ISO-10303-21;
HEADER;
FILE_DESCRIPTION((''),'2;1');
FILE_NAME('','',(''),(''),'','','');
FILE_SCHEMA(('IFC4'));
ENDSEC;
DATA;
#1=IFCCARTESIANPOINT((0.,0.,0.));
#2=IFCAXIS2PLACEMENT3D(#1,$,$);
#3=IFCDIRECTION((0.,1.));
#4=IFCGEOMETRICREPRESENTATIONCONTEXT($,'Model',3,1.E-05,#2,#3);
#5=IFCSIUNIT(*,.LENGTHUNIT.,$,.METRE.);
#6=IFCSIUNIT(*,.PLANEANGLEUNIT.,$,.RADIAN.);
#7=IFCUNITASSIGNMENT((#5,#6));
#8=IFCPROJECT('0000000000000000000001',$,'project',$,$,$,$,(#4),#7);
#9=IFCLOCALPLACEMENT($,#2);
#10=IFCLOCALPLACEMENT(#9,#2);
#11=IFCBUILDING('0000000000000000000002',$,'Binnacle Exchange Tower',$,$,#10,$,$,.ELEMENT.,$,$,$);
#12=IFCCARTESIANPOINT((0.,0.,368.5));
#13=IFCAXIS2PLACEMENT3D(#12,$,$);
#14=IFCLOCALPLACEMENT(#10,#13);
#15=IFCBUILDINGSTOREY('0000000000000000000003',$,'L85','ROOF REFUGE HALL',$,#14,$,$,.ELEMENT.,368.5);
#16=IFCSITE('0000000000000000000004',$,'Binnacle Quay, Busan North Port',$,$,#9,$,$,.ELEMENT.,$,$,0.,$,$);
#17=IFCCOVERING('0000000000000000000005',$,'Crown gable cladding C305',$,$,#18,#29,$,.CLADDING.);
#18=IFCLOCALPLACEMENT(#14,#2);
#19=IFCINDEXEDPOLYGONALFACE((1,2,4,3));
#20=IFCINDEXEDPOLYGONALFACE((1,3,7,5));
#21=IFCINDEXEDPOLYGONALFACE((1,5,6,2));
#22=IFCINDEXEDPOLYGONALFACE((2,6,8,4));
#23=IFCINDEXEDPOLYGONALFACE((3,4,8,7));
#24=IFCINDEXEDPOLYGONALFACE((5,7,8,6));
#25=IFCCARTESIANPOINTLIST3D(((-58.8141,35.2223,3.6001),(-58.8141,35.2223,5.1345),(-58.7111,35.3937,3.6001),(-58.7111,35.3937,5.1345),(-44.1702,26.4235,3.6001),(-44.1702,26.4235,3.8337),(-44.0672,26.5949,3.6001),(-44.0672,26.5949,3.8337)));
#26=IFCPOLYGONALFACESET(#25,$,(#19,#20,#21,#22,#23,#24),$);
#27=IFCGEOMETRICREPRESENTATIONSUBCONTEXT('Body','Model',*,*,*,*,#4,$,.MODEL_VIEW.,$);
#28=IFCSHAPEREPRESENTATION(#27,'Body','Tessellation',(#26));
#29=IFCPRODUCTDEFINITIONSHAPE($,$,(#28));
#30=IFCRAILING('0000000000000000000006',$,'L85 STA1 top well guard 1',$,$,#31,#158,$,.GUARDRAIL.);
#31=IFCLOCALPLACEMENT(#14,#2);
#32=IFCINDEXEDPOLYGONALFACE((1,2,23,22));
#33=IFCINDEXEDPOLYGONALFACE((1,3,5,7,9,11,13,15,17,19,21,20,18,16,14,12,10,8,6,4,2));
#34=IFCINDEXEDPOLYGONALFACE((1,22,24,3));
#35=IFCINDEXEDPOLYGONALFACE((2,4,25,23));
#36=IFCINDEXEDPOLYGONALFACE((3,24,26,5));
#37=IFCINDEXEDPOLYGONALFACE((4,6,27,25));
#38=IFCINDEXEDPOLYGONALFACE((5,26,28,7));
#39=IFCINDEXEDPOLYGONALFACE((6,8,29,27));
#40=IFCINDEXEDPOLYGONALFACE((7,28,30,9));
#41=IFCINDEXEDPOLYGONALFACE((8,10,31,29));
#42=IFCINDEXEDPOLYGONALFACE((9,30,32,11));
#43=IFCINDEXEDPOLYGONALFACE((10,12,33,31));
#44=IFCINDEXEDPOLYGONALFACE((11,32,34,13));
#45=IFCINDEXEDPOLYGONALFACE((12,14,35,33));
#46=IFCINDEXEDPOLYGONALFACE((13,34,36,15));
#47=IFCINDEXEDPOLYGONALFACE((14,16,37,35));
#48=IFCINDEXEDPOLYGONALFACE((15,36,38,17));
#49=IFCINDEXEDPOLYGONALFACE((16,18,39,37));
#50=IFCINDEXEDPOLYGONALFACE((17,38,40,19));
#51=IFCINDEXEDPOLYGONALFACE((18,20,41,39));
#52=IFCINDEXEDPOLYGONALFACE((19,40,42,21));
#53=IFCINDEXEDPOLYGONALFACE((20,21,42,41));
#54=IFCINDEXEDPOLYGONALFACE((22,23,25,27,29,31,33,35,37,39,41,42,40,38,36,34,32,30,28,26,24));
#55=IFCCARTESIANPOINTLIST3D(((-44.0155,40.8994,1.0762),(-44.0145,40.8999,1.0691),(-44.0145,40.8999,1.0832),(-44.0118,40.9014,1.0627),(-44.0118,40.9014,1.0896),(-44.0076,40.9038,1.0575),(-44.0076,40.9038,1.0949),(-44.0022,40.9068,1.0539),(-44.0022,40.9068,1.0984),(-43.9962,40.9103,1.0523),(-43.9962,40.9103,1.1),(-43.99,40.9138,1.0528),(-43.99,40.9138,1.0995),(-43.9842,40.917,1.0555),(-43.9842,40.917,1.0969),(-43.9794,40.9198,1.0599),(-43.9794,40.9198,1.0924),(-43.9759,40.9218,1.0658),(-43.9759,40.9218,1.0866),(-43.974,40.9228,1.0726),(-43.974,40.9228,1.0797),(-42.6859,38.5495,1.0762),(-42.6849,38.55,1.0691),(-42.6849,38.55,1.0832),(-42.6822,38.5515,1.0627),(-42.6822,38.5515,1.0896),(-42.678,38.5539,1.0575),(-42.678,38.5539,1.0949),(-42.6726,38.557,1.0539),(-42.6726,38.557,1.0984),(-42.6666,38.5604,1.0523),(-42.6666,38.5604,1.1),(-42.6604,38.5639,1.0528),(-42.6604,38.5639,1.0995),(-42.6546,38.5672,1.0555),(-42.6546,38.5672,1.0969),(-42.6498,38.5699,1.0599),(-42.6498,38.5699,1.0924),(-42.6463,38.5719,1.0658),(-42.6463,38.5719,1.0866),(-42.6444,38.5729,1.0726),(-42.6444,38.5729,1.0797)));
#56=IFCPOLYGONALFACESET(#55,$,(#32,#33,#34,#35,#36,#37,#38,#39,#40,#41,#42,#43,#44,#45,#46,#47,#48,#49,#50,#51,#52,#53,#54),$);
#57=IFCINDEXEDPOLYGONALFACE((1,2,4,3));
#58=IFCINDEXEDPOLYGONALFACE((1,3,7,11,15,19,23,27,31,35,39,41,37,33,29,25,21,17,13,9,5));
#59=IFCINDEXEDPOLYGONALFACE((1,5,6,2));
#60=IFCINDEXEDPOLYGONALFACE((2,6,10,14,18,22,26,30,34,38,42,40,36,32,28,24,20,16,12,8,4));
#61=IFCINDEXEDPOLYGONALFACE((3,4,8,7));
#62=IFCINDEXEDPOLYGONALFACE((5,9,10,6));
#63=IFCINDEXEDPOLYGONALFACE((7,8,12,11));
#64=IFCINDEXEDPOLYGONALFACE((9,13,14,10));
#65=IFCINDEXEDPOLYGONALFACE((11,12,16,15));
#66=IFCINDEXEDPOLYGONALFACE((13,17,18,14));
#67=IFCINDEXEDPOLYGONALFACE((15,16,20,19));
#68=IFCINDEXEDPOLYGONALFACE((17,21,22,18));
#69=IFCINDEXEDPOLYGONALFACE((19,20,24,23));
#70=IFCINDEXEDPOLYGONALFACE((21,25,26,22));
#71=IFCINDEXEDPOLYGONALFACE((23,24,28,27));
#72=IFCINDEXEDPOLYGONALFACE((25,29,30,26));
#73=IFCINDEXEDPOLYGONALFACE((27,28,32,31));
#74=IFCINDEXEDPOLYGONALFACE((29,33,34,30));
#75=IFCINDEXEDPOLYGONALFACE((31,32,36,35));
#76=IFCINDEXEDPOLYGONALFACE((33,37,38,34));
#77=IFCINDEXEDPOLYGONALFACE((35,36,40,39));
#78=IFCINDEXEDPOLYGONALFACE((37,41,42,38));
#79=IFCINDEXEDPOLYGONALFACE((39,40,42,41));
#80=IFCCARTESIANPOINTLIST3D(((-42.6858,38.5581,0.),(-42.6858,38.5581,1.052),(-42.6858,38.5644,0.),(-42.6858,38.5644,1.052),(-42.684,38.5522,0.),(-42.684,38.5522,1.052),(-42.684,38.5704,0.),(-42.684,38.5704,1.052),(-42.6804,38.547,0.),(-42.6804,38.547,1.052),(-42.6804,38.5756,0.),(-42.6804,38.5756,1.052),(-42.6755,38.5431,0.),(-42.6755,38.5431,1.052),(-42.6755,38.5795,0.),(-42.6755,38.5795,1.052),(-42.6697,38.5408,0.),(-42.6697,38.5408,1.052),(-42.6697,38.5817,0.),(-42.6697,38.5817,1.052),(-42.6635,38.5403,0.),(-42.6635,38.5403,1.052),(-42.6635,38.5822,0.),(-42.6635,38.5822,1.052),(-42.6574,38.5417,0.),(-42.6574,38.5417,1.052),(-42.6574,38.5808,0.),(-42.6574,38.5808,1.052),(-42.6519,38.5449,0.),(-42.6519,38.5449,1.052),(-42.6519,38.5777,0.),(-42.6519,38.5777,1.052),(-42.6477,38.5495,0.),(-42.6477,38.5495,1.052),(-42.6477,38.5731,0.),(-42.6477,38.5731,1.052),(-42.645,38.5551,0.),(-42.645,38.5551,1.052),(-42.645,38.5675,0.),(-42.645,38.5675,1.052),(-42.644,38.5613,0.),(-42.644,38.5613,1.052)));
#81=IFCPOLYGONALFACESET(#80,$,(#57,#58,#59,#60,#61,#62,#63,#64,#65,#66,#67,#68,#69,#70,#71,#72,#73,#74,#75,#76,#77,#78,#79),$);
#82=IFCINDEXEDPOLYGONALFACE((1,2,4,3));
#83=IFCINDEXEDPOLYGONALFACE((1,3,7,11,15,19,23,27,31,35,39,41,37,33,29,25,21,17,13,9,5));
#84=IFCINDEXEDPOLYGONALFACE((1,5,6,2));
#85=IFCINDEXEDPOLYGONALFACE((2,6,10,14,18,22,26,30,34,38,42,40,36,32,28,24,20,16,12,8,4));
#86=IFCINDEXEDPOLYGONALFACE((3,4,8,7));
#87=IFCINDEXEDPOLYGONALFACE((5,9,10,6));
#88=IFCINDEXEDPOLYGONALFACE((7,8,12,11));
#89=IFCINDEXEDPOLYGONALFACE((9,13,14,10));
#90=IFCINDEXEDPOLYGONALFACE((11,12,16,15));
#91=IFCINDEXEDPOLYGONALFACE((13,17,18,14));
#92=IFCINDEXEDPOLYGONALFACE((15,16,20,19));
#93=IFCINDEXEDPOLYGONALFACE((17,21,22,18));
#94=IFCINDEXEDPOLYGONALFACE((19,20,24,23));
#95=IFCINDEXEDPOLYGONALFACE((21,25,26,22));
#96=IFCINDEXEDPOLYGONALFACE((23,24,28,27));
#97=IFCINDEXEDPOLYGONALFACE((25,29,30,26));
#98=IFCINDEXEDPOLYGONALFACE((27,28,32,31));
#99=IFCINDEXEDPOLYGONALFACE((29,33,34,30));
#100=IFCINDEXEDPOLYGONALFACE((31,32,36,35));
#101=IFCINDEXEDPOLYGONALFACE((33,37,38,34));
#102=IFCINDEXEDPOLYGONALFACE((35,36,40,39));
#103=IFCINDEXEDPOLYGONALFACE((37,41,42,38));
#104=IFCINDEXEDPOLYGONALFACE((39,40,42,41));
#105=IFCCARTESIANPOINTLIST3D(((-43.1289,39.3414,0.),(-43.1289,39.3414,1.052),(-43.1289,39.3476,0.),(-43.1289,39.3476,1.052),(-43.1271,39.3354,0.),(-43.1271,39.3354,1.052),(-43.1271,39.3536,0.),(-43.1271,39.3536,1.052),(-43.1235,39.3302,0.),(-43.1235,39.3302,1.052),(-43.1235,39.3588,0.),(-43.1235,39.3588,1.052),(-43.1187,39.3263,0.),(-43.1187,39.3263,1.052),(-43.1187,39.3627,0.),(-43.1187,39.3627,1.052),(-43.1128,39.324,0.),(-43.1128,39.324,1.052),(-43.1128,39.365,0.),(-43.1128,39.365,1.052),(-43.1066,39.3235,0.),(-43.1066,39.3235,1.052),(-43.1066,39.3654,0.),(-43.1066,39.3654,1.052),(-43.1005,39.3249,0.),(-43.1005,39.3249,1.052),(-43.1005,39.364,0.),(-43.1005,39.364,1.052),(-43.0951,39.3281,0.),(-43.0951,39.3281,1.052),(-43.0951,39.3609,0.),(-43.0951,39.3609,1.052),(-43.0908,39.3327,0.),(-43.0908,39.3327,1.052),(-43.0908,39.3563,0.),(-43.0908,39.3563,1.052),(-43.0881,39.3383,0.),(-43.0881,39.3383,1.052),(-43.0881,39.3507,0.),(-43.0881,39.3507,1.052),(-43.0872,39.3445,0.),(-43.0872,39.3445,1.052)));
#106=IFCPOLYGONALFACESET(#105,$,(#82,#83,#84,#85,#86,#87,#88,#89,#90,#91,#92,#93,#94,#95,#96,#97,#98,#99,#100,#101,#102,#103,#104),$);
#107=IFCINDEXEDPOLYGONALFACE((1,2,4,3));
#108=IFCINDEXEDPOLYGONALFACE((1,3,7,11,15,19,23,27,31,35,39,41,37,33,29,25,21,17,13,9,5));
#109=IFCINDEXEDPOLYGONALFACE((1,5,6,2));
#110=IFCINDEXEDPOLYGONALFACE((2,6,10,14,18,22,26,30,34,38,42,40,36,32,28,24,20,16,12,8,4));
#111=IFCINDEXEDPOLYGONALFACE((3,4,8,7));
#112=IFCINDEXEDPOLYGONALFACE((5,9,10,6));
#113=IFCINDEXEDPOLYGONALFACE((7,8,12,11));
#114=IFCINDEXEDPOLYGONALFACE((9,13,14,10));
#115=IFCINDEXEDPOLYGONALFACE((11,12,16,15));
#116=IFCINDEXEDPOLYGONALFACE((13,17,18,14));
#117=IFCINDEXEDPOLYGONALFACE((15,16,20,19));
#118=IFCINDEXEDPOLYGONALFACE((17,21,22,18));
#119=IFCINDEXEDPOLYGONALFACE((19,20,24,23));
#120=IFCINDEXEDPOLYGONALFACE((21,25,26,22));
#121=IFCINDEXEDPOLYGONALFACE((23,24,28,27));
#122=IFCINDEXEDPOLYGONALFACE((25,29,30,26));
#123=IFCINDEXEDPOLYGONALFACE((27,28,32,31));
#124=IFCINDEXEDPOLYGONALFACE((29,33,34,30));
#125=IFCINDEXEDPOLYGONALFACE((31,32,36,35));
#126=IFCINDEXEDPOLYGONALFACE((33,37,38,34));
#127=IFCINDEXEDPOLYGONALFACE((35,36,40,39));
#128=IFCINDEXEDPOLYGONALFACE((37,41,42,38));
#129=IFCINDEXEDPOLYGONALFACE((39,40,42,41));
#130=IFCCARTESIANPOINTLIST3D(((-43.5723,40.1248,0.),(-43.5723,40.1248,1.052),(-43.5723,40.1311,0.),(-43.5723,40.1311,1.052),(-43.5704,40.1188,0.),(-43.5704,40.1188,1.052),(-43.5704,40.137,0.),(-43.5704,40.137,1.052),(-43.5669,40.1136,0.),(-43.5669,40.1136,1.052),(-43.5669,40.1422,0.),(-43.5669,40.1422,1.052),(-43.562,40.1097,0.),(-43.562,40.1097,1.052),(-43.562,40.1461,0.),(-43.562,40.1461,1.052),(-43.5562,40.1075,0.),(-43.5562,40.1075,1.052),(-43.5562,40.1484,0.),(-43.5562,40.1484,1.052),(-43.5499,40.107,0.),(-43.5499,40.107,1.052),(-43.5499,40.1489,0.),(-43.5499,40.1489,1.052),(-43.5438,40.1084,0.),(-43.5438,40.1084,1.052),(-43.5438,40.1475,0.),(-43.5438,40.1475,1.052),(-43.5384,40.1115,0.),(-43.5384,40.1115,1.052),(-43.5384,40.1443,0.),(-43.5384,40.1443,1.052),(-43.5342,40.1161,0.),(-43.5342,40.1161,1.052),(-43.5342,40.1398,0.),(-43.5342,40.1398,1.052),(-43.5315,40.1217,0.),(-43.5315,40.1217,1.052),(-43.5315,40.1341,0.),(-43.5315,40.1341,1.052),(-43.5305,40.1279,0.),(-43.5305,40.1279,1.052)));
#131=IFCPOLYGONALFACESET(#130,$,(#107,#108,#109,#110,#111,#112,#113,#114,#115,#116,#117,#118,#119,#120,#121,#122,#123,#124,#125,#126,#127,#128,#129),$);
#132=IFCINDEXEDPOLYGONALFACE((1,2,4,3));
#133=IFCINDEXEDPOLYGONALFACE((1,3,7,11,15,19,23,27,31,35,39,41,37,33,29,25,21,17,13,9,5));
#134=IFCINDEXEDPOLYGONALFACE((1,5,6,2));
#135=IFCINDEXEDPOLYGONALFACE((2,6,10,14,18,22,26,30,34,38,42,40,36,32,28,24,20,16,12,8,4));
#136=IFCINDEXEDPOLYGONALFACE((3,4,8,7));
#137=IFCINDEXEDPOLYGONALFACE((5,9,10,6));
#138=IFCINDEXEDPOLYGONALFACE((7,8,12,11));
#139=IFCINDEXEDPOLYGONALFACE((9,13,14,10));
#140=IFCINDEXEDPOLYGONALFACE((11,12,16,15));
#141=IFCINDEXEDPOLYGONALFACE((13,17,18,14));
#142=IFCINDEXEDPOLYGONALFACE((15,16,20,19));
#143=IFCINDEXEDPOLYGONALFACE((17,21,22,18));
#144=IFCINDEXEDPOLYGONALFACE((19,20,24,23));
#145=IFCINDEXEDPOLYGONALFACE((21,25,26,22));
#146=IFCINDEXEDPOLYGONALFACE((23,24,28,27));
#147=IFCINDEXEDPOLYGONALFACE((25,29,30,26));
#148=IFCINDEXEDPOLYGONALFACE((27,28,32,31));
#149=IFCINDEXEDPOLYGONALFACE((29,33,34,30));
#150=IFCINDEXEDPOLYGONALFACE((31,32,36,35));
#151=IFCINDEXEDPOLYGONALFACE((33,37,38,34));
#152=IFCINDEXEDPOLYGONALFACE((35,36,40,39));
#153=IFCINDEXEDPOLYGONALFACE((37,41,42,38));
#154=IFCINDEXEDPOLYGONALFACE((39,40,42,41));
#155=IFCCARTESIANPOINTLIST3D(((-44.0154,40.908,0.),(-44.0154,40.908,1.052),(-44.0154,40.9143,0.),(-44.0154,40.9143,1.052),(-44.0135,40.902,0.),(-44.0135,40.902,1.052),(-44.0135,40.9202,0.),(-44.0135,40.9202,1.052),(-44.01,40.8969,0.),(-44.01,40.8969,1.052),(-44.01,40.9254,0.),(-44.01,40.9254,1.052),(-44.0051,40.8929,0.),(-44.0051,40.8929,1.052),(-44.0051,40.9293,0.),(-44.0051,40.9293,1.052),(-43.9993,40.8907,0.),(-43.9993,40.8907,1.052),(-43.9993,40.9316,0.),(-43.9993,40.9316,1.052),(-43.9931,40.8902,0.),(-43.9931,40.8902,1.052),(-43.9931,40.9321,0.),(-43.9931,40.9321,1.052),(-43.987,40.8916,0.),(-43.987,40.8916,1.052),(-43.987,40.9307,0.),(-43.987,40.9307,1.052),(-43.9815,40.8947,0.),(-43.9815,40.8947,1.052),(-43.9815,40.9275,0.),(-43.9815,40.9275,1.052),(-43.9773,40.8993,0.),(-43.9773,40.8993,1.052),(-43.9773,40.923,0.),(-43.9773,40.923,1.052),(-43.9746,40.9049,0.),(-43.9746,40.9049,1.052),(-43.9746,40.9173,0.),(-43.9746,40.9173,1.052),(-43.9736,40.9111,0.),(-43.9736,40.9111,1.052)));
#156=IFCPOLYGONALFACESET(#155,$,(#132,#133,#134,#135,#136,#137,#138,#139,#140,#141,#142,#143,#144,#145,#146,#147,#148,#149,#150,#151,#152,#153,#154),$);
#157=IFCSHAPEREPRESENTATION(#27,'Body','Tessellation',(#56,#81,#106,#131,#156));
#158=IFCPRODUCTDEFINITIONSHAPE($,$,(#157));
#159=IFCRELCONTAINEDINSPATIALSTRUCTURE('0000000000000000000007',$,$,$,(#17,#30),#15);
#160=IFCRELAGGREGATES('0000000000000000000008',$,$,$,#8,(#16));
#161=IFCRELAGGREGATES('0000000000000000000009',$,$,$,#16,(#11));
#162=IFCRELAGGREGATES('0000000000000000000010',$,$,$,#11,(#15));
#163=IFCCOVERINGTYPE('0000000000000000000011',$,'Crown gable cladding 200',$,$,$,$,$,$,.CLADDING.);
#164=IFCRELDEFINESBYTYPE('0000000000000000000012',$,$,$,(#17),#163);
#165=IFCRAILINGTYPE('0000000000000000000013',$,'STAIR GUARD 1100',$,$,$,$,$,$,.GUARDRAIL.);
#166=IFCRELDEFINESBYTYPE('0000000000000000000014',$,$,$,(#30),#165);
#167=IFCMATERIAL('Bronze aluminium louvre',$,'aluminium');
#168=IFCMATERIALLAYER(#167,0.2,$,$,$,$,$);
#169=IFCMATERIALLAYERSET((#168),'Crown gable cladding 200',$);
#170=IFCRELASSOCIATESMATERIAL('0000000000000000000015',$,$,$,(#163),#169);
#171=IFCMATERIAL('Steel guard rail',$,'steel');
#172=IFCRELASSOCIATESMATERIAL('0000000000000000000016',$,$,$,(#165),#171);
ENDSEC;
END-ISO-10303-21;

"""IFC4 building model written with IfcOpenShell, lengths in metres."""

from ifc_helpers import new_model, si_unit, direction, frame, origin, origin_2d, place, context, subcontext, project, spatial, polyline, circle, outline, extrude, material, layer, layer_set, type_object, element, save


model = new_model("IFC4")

# Units and contexts
model_context = context("Model", 3, precision=1e-05, world=origin(), true_north=direction((0.0, 1.0)))
body_context = subcontext(model_context, "Body", "Model", "MODEL_VIEW")
ifc_project = project(units=[si_unit("LENGTHUNIT", "METRE"), si_unit("PLANEANGLEUNIT", "RADIAN")], contexts=[model_context])

# Site, building, storey
site_placement = place(None, origin())
site = spatial("IfcSite", under=ifc_project, at=site_placement, Name="Binnacle Quay, Busan North Port", CompositionType="ELEMENT", RefElevation=0.0)
building_placement = place(site_placement, origin())
building = spatial("IfcBuilding", under=site, at=building_placement, Name="Binnacle Exchange Tower", CompositionType="ELEMENT")
storey_placement = place(building_placement, frame((0.0, 0.0, 368.5)))
storey = spatial("IfcBuildingStorey", under=building, at=storey_placement, Name="L85", Description="ROOF REFUGE HALL", CompositionType="ELEMENT", Elevation=368.5)

# Shared definitions
ifc_material_1 = material(Name="Bronze aluminium louvre", Category="aluminium")

# Covering
ifc_layer_1 = layer(ifc_material_1, 0.2)
ifc_layer_set_1 = layer_set([ifc_layer_1], Name="Crown gable cladding 200")
covering_type = type_object("IfcCoveringType", Name="Crown gable cladding 200", PredefinedType="CLADDING", material=ifc_layer_set_1)
covering_placement = place(storey_placement, frame((-44.1187, 26.5093, 3.6001), z_axis=(0.0, 0.0, 1.0), x_axis=(-0.857169, 0.515036, 0.0)))
element("IfcCovering", 1, at=covering_placement, inside=storey, type_object=covering_type, Name="Crown gable cladding C305", PredefinedType="CLADDING", context=body_context, shape_type="SweptSolid", body=[
    extrude(outline(polyline([(0.0, 0.0), (17.084, 0.0), (17.084, 1.5344), (0.0, 0.2336), (0.0, 0.0)])), frame((0.0, 0.1001, 0.0), z_axis=(0.0, -1.0, 0.0), x_axis=(1.0, 0.0, 0.0)), (0.0, 0.0, 1.0), 0.2),
])

# Railing
ifc_material_2 = material(Name="Steel guard rail", Category="steel")
railing_type = type_object("IfcRailingType", Name="STAIR GUARD 1100", PredefinedType="GUARDRAIL", material=ifc_material_2)
railing_placement = place(storey_placement, frame((-42.665, 38.5613, 0.0)))
element("IfcRailing", 2, at=railing_placement, inside=storey, type_object=railing_type, Name="L85 STA1 top well guard 1", PredefinedType="GUARDRAIL", context=body_context, shape_type="SweptSolid", body=[
    extrude(circle(Radius=0.0239, at=origin_2d()), frame((0.0, 0.0, 1.0762), z_axis=(-0.492453, 0.870339, 0.0), x_axis=(-0.870339, -0.492453, 0.0)), (0.0, 0.0, 1.0), 2.7),
    extrude(circle(Radius=0.021, at=origin_2d()), origin(), (0.0, 0.0, 1.0), 1.052),
    extrude(circle(Radius=0.021, at=origin_2d()), frame((-0.4431, 0.7832, 0.0)), (0.0, 0.0, 1.0), 1.052),
    extrude(circle(Radius=0.021, at=origin_2d()), frame((-0.8865, 1.5667, 0.0)), (0.0, 0.0, 1.0), 1.052),
    extrude(circle(Radius=0.021, at=origin_2d()), frame((-1.3296, 2.3499, 0.0)), (0.0, 0.0, 1.0), 1.052),
])

save(model, "model.ifc")
